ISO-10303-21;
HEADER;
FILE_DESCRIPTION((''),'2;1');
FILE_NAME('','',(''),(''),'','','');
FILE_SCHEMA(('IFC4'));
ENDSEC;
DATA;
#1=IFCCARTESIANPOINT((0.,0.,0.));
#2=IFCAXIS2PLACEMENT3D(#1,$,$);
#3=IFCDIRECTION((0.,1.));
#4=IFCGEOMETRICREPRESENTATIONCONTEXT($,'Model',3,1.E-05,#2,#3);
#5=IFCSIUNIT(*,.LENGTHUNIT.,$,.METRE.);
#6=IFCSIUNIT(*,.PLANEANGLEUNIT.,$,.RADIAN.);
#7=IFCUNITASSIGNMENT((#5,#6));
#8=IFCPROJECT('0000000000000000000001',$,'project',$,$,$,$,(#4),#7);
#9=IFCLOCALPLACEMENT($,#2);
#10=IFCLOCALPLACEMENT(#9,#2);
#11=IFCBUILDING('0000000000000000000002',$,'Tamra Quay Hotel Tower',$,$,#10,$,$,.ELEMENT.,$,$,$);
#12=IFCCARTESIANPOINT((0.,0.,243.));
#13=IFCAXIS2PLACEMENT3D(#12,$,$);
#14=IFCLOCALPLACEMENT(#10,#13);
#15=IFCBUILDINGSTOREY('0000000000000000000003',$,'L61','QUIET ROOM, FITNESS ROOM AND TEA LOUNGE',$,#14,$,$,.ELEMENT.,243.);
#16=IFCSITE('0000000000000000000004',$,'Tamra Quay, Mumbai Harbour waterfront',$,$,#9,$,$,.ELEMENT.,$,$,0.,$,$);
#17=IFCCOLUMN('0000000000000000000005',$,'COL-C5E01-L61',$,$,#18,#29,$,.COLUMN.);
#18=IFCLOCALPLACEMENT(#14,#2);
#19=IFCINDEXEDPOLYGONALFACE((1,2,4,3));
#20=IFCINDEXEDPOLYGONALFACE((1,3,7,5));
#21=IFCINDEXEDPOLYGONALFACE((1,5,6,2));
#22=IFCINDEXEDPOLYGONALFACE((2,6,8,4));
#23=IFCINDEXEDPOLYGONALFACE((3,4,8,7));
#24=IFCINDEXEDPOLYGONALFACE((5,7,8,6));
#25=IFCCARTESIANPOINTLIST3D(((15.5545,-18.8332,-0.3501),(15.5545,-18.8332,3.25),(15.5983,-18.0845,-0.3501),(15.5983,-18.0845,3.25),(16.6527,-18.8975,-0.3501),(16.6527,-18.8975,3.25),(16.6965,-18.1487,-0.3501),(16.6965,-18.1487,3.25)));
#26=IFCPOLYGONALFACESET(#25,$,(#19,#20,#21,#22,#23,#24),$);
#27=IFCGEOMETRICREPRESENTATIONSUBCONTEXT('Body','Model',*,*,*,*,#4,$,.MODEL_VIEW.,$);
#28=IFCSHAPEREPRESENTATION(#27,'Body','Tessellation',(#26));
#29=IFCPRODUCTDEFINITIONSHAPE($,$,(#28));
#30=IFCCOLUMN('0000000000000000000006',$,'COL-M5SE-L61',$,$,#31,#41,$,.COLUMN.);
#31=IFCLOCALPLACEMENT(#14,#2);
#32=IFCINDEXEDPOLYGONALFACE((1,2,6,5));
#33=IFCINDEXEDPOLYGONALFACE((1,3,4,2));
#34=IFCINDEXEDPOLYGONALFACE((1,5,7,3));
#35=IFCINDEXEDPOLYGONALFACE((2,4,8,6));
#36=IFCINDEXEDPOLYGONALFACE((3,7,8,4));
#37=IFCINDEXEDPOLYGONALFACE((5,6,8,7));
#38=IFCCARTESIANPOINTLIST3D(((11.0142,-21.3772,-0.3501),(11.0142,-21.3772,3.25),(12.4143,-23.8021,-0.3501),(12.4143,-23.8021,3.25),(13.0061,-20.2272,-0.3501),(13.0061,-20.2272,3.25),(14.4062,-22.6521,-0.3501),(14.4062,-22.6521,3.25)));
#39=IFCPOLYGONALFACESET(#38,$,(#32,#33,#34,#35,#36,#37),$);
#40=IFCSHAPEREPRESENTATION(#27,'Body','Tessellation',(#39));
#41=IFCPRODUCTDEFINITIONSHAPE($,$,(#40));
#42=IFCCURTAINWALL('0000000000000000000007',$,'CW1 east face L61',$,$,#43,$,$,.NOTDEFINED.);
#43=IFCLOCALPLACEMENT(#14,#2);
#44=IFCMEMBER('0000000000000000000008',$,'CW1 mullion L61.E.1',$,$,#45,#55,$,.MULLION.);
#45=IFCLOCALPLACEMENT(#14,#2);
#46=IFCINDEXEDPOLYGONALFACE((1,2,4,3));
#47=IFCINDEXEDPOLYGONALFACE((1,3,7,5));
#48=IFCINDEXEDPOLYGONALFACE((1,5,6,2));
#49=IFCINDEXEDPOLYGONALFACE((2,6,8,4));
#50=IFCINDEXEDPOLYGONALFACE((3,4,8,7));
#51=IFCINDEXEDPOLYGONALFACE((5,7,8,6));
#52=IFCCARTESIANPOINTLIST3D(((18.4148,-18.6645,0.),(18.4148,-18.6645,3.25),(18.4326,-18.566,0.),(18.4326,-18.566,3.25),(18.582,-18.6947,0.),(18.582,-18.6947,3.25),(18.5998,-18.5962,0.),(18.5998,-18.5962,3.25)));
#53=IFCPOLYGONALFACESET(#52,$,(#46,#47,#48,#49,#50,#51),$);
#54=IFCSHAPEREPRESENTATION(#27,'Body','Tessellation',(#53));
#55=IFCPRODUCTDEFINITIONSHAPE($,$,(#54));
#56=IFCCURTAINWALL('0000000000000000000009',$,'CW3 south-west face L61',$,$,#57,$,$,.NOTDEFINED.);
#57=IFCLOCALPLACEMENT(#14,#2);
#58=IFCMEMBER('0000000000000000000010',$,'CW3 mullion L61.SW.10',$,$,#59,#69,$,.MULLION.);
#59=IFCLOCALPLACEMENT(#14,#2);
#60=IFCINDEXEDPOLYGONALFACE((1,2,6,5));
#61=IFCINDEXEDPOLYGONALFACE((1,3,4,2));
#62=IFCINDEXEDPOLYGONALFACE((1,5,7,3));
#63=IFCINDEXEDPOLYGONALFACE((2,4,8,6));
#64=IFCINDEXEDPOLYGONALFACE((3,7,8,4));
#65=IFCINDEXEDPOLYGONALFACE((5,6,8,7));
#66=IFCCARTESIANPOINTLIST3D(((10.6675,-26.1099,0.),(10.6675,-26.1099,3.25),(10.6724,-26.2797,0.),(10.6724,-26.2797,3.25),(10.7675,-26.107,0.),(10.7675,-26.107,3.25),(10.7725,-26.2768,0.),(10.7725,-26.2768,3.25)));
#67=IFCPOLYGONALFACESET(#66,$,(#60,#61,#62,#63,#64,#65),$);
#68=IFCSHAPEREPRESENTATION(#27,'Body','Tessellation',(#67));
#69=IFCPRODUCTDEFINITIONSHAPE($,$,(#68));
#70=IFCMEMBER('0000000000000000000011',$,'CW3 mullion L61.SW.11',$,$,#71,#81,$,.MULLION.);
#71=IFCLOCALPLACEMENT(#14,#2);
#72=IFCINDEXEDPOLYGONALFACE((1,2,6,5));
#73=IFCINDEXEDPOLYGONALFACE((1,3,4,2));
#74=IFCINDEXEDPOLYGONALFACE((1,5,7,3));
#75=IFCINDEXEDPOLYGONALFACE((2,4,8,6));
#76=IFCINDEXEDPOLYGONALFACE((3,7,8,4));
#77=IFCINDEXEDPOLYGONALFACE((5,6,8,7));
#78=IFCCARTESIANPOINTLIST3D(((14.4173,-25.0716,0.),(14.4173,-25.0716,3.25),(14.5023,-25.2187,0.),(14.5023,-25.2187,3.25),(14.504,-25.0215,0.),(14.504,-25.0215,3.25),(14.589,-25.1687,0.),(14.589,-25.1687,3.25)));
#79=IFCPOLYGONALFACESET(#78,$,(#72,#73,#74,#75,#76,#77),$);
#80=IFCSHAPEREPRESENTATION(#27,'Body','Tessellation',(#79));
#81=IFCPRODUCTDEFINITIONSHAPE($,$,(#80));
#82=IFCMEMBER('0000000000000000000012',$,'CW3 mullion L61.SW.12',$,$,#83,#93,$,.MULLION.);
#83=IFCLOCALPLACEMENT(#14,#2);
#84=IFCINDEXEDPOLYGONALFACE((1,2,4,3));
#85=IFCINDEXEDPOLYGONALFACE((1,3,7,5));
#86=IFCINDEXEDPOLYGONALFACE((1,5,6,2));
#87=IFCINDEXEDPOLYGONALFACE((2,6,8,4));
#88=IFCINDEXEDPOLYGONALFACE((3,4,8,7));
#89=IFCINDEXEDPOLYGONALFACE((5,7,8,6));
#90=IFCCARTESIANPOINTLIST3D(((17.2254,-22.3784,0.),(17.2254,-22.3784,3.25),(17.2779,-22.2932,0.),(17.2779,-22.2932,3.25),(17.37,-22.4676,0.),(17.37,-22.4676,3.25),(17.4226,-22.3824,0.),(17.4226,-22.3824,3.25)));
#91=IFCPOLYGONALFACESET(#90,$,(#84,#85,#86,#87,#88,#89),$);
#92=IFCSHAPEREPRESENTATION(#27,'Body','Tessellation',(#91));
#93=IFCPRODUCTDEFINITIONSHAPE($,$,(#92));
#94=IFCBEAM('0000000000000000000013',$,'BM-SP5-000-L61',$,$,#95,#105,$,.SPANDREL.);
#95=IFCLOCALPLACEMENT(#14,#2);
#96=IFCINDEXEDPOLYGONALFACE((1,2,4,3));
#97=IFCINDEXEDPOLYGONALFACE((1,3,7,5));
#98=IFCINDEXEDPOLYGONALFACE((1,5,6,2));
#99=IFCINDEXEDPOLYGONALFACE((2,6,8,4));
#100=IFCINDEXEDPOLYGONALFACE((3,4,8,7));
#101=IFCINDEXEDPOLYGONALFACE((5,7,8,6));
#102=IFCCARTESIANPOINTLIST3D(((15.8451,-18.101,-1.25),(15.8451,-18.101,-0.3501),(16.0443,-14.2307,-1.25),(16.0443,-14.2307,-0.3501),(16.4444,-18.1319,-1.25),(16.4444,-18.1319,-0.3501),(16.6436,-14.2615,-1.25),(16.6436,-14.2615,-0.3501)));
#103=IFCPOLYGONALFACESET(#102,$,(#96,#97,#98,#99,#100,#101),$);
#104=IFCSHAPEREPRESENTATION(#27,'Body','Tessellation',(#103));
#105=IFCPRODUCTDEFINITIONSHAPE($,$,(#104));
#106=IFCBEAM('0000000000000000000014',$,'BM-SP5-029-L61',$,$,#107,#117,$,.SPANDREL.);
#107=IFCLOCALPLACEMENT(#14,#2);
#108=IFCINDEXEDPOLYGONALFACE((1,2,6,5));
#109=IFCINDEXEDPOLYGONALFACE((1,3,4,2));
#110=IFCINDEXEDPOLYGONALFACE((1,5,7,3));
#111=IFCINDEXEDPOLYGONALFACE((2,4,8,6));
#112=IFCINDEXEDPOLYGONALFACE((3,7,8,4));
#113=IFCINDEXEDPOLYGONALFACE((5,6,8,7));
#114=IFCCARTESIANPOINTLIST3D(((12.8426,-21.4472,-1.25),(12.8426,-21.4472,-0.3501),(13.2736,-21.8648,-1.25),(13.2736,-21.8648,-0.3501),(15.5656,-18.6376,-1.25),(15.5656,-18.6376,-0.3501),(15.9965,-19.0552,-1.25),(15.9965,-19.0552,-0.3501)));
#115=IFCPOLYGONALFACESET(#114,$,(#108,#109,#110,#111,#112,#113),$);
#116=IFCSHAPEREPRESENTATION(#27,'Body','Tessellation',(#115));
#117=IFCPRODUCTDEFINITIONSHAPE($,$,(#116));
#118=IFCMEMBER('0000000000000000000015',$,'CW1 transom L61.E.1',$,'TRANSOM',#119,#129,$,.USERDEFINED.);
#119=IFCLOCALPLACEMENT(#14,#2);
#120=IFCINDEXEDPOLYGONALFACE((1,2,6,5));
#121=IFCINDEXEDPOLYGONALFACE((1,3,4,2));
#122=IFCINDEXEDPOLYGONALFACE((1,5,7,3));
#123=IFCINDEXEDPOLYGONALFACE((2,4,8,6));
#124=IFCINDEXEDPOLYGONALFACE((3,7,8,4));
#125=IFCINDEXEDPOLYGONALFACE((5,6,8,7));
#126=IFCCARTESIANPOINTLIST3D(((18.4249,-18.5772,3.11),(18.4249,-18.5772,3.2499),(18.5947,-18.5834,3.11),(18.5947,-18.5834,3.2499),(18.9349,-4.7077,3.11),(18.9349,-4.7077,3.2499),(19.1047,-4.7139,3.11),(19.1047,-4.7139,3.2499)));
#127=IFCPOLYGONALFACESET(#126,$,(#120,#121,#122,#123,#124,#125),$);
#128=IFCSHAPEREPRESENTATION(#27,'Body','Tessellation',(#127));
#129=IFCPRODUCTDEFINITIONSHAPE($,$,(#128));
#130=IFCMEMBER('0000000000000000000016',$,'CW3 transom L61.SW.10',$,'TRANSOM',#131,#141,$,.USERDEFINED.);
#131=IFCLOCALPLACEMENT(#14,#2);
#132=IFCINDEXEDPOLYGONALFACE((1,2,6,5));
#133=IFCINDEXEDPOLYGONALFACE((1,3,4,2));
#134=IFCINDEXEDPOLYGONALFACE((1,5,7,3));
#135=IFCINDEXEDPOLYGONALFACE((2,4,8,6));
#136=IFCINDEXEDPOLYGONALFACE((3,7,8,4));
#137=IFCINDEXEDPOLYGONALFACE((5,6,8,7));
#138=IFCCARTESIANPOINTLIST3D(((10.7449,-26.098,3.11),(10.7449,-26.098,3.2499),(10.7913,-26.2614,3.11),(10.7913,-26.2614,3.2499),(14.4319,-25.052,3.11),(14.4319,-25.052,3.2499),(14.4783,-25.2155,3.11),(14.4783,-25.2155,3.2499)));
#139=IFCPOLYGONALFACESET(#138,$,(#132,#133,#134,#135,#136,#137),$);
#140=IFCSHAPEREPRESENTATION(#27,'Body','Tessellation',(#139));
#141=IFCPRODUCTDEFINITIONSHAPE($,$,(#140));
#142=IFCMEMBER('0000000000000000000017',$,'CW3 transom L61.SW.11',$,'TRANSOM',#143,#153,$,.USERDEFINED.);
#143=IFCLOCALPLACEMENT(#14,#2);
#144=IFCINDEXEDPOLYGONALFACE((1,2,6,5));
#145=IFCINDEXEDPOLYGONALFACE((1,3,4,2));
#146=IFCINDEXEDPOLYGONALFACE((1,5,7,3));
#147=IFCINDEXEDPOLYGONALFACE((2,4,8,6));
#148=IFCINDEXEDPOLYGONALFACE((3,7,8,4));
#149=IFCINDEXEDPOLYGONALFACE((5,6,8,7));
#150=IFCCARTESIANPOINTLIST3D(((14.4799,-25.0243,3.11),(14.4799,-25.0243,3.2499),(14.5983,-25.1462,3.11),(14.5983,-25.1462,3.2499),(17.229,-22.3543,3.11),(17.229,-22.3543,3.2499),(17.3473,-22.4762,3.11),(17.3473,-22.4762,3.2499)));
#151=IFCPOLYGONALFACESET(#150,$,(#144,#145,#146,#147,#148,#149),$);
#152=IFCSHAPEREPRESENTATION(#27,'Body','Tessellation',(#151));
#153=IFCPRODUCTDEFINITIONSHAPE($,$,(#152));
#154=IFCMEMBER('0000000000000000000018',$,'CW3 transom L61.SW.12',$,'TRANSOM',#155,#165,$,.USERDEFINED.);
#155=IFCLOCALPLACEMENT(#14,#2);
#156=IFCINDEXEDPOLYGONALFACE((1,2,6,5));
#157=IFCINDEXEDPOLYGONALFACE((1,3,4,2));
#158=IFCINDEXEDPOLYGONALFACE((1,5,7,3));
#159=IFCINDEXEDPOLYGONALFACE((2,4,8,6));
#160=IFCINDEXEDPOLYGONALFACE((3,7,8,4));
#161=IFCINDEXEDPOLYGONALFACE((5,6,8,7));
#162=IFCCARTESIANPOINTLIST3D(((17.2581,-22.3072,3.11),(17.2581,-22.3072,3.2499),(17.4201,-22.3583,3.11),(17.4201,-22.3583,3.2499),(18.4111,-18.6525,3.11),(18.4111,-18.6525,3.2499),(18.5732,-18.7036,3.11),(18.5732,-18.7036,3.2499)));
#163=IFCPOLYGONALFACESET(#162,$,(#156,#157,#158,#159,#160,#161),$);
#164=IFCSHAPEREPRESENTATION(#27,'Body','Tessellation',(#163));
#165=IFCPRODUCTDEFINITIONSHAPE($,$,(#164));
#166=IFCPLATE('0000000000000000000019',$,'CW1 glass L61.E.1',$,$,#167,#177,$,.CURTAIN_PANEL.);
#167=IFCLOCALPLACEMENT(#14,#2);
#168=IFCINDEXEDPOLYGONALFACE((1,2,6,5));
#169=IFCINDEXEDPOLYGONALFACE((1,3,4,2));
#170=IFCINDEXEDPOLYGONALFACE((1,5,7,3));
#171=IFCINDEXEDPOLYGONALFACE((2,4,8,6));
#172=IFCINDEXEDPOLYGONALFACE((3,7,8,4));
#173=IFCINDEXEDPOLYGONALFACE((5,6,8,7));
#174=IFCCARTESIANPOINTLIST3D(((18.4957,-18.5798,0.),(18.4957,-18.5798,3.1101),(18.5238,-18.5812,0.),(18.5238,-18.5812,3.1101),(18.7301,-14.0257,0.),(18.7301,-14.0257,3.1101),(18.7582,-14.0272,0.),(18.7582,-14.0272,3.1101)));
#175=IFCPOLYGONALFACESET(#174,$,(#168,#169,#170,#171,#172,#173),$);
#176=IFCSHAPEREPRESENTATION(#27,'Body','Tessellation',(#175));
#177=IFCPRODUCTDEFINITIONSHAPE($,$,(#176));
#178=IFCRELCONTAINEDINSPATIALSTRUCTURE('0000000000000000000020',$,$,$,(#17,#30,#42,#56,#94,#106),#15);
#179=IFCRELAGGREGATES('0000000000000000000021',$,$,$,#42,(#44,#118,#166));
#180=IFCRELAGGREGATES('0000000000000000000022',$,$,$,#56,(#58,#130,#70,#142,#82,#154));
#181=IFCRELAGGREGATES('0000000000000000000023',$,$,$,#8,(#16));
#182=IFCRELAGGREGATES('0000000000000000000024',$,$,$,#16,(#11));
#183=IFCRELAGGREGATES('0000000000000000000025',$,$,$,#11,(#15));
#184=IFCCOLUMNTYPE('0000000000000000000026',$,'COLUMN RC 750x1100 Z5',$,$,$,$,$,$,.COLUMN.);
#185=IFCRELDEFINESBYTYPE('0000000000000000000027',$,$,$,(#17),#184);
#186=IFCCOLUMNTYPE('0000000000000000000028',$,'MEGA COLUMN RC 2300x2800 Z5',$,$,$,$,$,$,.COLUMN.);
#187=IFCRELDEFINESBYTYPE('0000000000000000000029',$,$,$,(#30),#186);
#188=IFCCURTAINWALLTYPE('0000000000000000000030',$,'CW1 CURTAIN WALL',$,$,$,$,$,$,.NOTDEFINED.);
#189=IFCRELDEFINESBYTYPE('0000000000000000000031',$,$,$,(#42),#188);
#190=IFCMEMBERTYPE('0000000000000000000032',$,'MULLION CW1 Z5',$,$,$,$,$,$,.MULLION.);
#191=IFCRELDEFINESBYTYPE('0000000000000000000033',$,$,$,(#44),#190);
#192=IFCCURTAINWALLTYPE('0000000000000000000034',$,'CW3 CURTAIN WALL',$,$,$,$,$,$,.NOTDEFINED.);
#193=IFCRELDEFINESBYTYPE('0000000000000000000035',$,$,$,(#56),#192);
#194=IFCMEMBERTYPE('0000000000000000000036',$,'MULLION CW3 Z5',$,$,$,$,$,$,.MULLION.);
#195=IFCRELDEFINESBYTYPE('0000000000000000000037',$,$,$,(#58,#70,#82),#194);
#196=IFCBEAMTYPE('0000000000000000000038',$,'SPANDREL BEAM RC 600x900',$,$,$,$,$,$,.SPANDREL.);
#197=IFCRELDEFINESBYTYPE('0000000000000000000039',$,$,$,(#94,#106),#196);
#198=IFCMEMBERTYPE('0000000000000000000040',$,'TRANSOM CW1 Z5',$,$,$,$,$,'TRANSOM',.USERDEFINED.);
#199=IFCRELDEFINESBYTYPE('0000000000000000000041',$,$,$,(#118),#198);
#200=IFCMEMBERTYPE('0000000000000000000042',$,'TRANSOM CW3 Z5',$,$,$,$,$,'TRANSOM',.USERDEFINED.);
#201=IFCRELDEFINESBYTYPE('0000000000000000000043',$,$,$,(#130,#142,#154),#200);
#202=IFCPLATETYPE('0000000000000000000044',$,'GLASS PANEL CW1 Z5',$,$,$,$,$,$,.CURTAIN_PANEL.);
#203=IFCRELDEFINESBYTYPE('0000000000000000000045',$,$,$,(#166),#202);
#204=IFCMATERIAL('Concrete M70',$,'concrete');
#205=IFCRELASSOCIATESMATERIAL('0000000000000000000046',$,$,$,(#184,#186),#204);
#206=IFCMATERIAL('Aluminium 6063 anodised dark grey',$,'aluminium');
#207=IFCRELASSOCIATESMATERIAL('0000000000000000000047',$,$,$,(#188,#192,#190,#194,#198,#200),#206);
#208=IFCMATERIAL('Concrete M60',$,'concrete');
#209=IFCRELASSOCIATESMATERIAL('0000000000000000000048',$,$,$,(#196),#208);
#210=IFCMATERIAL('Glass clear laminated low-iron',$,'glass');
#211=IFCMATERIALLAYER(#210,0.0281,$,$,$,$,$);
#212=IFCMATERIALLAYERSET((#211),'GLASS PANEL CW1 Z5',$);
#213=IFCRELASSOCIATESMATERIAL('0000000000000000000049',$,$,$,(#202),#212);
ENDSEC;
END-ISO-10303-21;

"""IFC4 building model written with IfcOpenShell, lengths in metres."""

from ifc_helpers import new_model, si_unit, direction, frame, origin, origin_2d, place, context, subcontext, project, spatial, rectangle, extrude, material, layer, layer_set, material_profile, profile_set, type_object, element, aggregate, save


model = new_model("IFC4")

# Units and contexts
model_context = context("Model", 3, precision=1e-05, world=origin(), true_north=direction((0.0, 1.0)))
body_context = subcontext(model_context, "Body", "Model", "MODEL_VIEW")
ifc_project = project(units=[si_unit("LENGTHUNIT", "METRE"), si_unit("PLANEANGLEUNIT", "RADIAN")], contexts=[model_context])

# Site, building, storey
site_placement = place(None, origin())
site = spatial("IfcSite", under=ifc_project, at=site_placement, Name="Tamra Quay, Mumbai Harbour waterfront", CompositionType="ELEMENT", RefElevation=0.0)
building_placement = place(site_placement, origin())
building = spatial("IfcBuilding", under=site, at=building_placement, Name="Tamra Quay Hotel Tower", CompositionType="ELEMENT")
storey_placement = place(building_placement, frame((0.0, 0.0, 243.0)))
storey = spatial("IfcBuildingStorey", under=building, at=storey_placement, Name="L61", Description="QUIET ROOM, FITNESS ROOM AND TEA LOUNGE", CompositionType="ELEMENT", Elevation=243.0)

# Columns
ifc_material_1 = material(Name="Concrete M70", Category="concrete")
ifc_material_profile_1 = material_profile(ifc_material_1, rectangle(XDim=1.1001, YDim=0.75, at=origin_2d()), Name="COLUMN RC 750x1100 Z5")
ifc_profile_set_1 = profile_set([ifc_material_profile_1], Name="Concrete M70")
column_type_1 = type_object("IfcColumnType", Name="COLUMN RC 750x1100 Z5", PredefinedType="COLUMN", material=ifc_profile_set_1)
column_1_placement = place(storey_placement, frame((16.1255, -18.491, -0.3501), z_axis=(0.0, 0.0, 1.0), x_axis=(-0.998292, 0.05842, 0.0)))
element("IfcColumn", 1, at=column_1_placement, inside=storey, type_object=column_type_1, Name="COL-C5E01-L61", PredefinedType="COLUMN", context=body_context, shape_type="SweptSolid", body=[
    extrude(rectangle(XDim=1.1001, YDim=0.75, at=origin_2d()), origin(), (0.0, 0.0, 1.0), 3.6001),
])
ifc_material_profile_2 = material_profile(ifc_material_1, rectangle(XDim=2.8, YDim=2.3, at=origin_2d()), Name="MEGA COLUMN RC 2300x2800 Z5")
ifc_profile_set_2 = profile_set([ifc_material_profile_2], Name="Concrete M70")
column_type_2 = type_object("IfcColumnType", Name="MEGA COLUMN RC 2300x2800 Z5", PredefinedType="COLUMN", material=ifc_profile_set_2)
column_2_placement = place(storey_placement, frame((12.7102, -22.0146, -0.3501), z_axis=(0.0, 0.0, 1.0), x_axis=(-0.5, 0.866025, 0.0)))
element("IfcColumn", 2, at=column_2_placement, inside=storey, type_object=column_type_2, Name="COL-M5SE-L61", PredefinedType="COLUMN", context=body_context, shape_type="SweptSolid", body=[
    extrude(rectangle(XDim=2.8, YDim=2.3, at=origin_2d()), origin(), (0.0, 0.0, 1.0), 3.6001),
])

# Curtain wall, member
ifc_material_2 = material(Name="Aluminium 6063 anodised dark grey", Category="aluminium")
curtain_wall_type_1 = type_object("IfcCurtainWallType", Name="CW1 CURTAIN WALL", PredefinedType="NOTDEFINED", material=ifc_material_2)
curtain_wall_1_placement = place(storey_placement, origin())
curtain_wall_1 = element("IfcCurtainWall", 3, at=curtain_wall_1_placement, inside=storey, type_object=curtain_wall_type_1, Name="CW1 east face L61", PredefinedType="NOTDEFINED")
ifc_material_profile_3 = material_profile(ifc_material_2, rectangle(XDim=0.1699, YDim=0.1001, at=origin_2d()), Name="MULLION 100X170")
ifc_profile_set_3 = profile_set([ifc_material_profile_3], Name="Aluminium 6063 anodised dark grey")
member_type_1 = type_object("IfcMemberType", Name="MULLION CW1 Z5", PredefinedType="MULLION", material=ifc_profile_set_3)
member_1_placement = place(storey_placement, frame((18.5073, -18.6304, 0.0), z_axis=(0.0, 0.0, 1.0), x_axis=(0.984105, -0.177586, 0.0)))
member_1 = element("IfcMember", 4, at=member_1_placement, type_object=member_type_1, Name="CW1 mullion L61.E.1", PredefinedType="MULLION", context=body_context, shape_type="SweptSolid", body=[
    extrude(rectangle(XDim=0.1699, YDim=0.1001, at=origin_2d()), origin(), (0.0, 0.0, 1.0), 3.25),
])

# Curtain wall, members
curtain_wall_type_2 = type_object("IfcCurtainWallType", Name="CW3 CURTAIN WALL", PredefinedType="NOTDEFINED", material=ifc_material_2)
curtain_wall_2_placement = place(storey_placement, origin())
curtain_wall_2 = element("IfcCurtainWall", 5, at=curtain_wall_2_placement, inside=storey, type_object=curtain_wall_type_2, Name="CW3 south-west face L61", PredefinedType="NOTDEFINED")
ifc_material_profile_4 = material_profile(ifc_material_2, rectangle(XDim=0.1699, YDim=0.1001, at=origin_2d()), Name="MULLION 100X170")
ifc_profile_set_4 = profile_set([ifc_material_profile_4], Name="Aluminium 6063 anodised dark grey")
member_type_2 = type_object("IfcMemberType", Name="MULLION CW3 Z5", PredefinedType="MULLION", material=ifc_profile_set_4)
member_2_placement = place(storey_placement, frame((10.72, -26.1934, 0.0), z_axis=(0.0, 0.0, 1.0), x_axis=(0.029223, -0.999573, 0.0)))
member_2 = element("IfcMember", 6, at=member_2_placement, type_object=member_type_2, Name="CW3 mullion L61.SW.10", PredefinedType="MULLION", context=body_context, shape_type="SweptSolid", body=[
    extrude(rectangle(XDim=0.1699, YDim=0.1001, at=origin_2d()), origin(), (0.0, 0.0, 1.0), 3.25),
])
member_3_placement = place(storey_placement, frame((14.5032, -25.1201, 0.0), z_axis=(0.0, 0.0, 1.0), x_axis=(0.5, -0.866025, 0.0)))
member_3 = element("IfcMember", 7, at=member_3_placement, type_object=member_type_2, Name="CW3 mullion L61.SW.11", PredefinedType="MULLION", context=body_context, shape_type="SweptSolid", body=[
    extrude(rectangle(XDim=0.1699, YDim=0.1001, at=origin_2d()), origin(), (0.0, 0.0, 1.0), 3.25),
])
member_4_placement = place(storey_placement, frame((17.324, -22.3804, 0.0), z_axis=(0.0, 0.0, 1.0), x_axis=(0.851044, -0.525094, 0.0)))
member_4 = element("IfcMember", 8, at=member_4_placement, type_object=member_type_2, Name="CW3 mullion L61.SW.12", PredefinedType="MULLION", context=body_context, shape_type="SweptSolid", body=[
    extrude(rectangle(XDim=0.1699, YDim=0.1001, at=origin_2d()), origin(), (0.0, 0.0, 1.0), 3.25),
])

# Beams
ifc_material_3 = material(Name="Concrete M60", Category="concrete")
ifc_material_profile_5 = material_profile(ifc_material_3, rectangle(XDim=0.6001, YDim=0.8999, at=origin_2d()), Name="SPANDREL BEAM RC 600x900")
ifc_profile_set_5 = profile_set([ifc_material_profile_5], Name="Concrete M60")
beam_type = type_object("IfcBeamType", Name="SPANDREL BEAM RC 600x900", PredefinedType="SPANDREL", material=ifc_profile_set_5)
beam_1_placement = place(storey_placement, frame((16.1448, -18.1165, -0.8), z_axis=(0.051405, 0.998678, 0.0), x_axis=(-0.998678, 0.051405, 0.0)))
element("IfcBeam", 9, at=beam_1_placement, inside=storey, type_object=beam_type, Name="BM-SP5-000-L61", PredefinedType="SPANDREL", context=body_context, shape_type="SweptSolid", body=[
    extrude(rectangle(XDim=0.6001, YDim=0.8999, at=origin_2d()), origin(), (0.0, 0.0, 1.0), 3.8755),
])
beam_2_placement = place(storey_placement, frame((13.0581, -21.656, -0.8), z_axis=(0.695944, 0.718096, 0.0), x_axis=(-0.718096, 0.695944, 0.0)))
element("IfcBeam", 10, at=beam_2_placement, inside=storey, type_object=beam_type, Name="BM-SP5-029-L61", PredefinedType="SPANDREL", context=body_context, shape_type="SweptSolid", body=[
    extrude(rectangle(XDim=0.6001, YDim=0.8999, at=origin_2d()), origin(), (0.0, 0.0, 1.0), 3.9126),
])

# Members
ifc_material_profile_6 = material_profile(ifc_material_2, rectangle(XDim=0.1699, YDim=0.1399, at=origin_2d()), Name="TRANSOM 170X140")
ifc_profile_set_6 = profile_set([ifc_material_profile_6], Name="Aluminium 6063 anodised dark grey")
member_type_3 = type_object("IfcMemberType", Name="TRANSOM CW1 Z5", ElementType="TRANSOM", PredefinedType="USERDEFINED", material=ifc_profile_set_6)
member_5_placement = place(storey_placement, frame((18.5098, -18.5803, 3.1799), z_axis=(0.036747, 0.999325, 0.0), x_axis=(-0.999325, 0.036747, 0.0)))
member_5 = element("IfcMember", 11, at=member_5_placement, type_object=member_type_3, Name="CW1 transom L61.E.1", ObjectType="TRANSOM", PredefinedType="USERDEFINED", context=body_context, shape_type="SweptSolid", body=[
    extrude(rectangle(XDim=0.1699, YDim=0.1399, at=origin_2d()), origin(), (0.0, 0.0, 1.0), 13.8789),
])
ifc_material_profile_7 = material_profile(ifc_material_2, rectangle(XDim=0.1699, YDim=0.1399, at=origin_2d()), Name="TRANSOM 170X140")
ifc_profile_set_7 = profile_set([ifc_material_profile_7], Name="Aluminium 6063 anodised dark grey")
member_type_4 = type_object("IfcMemberType", Name="TRANSOM CW3 Z5", ElementType="TRANSOM", PredefinedType="USERDEFINED", material=ifc_profile_set_7)
member_6_placement = place(storey_placement, frame((10.7681, -26.1797, 3.1799), z_axis=(0.962041, 0.272903, 0.0), x_axis=(-0.272903, 0.962041, 0.0)))
member_6 = element("IfcMember", 12, at=member_6_placement, type_object=member_type_4, Name="CW3 transom L61.SW.10", ObjectType="TRANSOM", PredefinedType="USERDEFINED", context=body_context, shape_type="SweptSolid", body=[
    extrude(rectangle(XDim=0.1699, YDim=0.1399, at=origin_2d()), origin(), (0.0, 0.0, 1.0), 3.8325),
])
member_7_placement = place(storey_placement, frame((14.5391, -25.0852, 3.1799), z_axis=(0.717352, 0.696711, 0.0), x_axis=(-0.696711, 0.717352, 0.0)))
member_7 = element("IfcMember", 13, at=member_7_placement, type_object=member_type_4, Name="CW3 transom L61.SW.11", ObjectType="TRANSOM", PredefinedType="USERDEFINED", context=body_context, shape_type="SweptSolid", body=[
    extrude(rectangle(XDim=0.1699, YDim=0.1399, at=origin_2d()), origin(), (0.0, 0.0, 1.0), 3.8323),
])
member_8_placement = place(storey_placement, frame((17.3391, -22.3328, 3.1799), z_axis=(0.300878, 0.953663, 0.0), x_axis=(-0.953663, 0.300878, 0.0)))
member_8 = element("IfcMember", 14, at=member_8_placement, type_object=member_type_4, Name="CW3 transom L61.SW.12", ObjectType="TRANSOM", PredefinedType="USERDEFINED", context=body_context, shape_type="SweptSolid", body=[
    extrude(rectangle(XDim=0.1699, YDim=0.1399, at=origin_2d()), origin(), (0.0, 0.0, 1.0), 3.8323),
])

# Plate
ifc_material_4 = material(Name="Glass clear laminated low-iron", Category="glass")
ifc_layer_1 = layer(ifc_material_4, 0.0281)
ifc_layer_set_1 = layer_set([ifc_layer_1], Name="GLASS PANEL CW1 Z5")
plate_type_1 = type_object("IfcPlateType", Name="GLASS PANEL CW1 Z5", PredefinedType="CURTAIN_PANEL", material=ifc_layer_set_1)
plate_1_placement = place(storey_placement, frame((18.627, -16.3035, 0.0), z_axis=(0.0, 0.0, 1.0), x_axis=(0.051403, 0.998678, 0.0)))
plate_1 = element("IfcPlate", 15, at=plate_1_placement, type_object=plate_type_1, Name="CW1 glass L61.E.1", PredefinedType="CURTAIN_PANEL", context=body_context, shape_type="SweptSolid", body=[
    extrude(rectangle(XDim=4.5601, YDim=0.0281, at=origin_2d()), origin(), (0.0, 0.0, 1.0), 3.1101),
])
aggregate(curtain_wall_1, [member_1, member_5, plate_1])
aggregate(curtain_wall_2, [member_2, member_6, member_3, member_7, member_4, member_8])

save(model, "model.ifc")
